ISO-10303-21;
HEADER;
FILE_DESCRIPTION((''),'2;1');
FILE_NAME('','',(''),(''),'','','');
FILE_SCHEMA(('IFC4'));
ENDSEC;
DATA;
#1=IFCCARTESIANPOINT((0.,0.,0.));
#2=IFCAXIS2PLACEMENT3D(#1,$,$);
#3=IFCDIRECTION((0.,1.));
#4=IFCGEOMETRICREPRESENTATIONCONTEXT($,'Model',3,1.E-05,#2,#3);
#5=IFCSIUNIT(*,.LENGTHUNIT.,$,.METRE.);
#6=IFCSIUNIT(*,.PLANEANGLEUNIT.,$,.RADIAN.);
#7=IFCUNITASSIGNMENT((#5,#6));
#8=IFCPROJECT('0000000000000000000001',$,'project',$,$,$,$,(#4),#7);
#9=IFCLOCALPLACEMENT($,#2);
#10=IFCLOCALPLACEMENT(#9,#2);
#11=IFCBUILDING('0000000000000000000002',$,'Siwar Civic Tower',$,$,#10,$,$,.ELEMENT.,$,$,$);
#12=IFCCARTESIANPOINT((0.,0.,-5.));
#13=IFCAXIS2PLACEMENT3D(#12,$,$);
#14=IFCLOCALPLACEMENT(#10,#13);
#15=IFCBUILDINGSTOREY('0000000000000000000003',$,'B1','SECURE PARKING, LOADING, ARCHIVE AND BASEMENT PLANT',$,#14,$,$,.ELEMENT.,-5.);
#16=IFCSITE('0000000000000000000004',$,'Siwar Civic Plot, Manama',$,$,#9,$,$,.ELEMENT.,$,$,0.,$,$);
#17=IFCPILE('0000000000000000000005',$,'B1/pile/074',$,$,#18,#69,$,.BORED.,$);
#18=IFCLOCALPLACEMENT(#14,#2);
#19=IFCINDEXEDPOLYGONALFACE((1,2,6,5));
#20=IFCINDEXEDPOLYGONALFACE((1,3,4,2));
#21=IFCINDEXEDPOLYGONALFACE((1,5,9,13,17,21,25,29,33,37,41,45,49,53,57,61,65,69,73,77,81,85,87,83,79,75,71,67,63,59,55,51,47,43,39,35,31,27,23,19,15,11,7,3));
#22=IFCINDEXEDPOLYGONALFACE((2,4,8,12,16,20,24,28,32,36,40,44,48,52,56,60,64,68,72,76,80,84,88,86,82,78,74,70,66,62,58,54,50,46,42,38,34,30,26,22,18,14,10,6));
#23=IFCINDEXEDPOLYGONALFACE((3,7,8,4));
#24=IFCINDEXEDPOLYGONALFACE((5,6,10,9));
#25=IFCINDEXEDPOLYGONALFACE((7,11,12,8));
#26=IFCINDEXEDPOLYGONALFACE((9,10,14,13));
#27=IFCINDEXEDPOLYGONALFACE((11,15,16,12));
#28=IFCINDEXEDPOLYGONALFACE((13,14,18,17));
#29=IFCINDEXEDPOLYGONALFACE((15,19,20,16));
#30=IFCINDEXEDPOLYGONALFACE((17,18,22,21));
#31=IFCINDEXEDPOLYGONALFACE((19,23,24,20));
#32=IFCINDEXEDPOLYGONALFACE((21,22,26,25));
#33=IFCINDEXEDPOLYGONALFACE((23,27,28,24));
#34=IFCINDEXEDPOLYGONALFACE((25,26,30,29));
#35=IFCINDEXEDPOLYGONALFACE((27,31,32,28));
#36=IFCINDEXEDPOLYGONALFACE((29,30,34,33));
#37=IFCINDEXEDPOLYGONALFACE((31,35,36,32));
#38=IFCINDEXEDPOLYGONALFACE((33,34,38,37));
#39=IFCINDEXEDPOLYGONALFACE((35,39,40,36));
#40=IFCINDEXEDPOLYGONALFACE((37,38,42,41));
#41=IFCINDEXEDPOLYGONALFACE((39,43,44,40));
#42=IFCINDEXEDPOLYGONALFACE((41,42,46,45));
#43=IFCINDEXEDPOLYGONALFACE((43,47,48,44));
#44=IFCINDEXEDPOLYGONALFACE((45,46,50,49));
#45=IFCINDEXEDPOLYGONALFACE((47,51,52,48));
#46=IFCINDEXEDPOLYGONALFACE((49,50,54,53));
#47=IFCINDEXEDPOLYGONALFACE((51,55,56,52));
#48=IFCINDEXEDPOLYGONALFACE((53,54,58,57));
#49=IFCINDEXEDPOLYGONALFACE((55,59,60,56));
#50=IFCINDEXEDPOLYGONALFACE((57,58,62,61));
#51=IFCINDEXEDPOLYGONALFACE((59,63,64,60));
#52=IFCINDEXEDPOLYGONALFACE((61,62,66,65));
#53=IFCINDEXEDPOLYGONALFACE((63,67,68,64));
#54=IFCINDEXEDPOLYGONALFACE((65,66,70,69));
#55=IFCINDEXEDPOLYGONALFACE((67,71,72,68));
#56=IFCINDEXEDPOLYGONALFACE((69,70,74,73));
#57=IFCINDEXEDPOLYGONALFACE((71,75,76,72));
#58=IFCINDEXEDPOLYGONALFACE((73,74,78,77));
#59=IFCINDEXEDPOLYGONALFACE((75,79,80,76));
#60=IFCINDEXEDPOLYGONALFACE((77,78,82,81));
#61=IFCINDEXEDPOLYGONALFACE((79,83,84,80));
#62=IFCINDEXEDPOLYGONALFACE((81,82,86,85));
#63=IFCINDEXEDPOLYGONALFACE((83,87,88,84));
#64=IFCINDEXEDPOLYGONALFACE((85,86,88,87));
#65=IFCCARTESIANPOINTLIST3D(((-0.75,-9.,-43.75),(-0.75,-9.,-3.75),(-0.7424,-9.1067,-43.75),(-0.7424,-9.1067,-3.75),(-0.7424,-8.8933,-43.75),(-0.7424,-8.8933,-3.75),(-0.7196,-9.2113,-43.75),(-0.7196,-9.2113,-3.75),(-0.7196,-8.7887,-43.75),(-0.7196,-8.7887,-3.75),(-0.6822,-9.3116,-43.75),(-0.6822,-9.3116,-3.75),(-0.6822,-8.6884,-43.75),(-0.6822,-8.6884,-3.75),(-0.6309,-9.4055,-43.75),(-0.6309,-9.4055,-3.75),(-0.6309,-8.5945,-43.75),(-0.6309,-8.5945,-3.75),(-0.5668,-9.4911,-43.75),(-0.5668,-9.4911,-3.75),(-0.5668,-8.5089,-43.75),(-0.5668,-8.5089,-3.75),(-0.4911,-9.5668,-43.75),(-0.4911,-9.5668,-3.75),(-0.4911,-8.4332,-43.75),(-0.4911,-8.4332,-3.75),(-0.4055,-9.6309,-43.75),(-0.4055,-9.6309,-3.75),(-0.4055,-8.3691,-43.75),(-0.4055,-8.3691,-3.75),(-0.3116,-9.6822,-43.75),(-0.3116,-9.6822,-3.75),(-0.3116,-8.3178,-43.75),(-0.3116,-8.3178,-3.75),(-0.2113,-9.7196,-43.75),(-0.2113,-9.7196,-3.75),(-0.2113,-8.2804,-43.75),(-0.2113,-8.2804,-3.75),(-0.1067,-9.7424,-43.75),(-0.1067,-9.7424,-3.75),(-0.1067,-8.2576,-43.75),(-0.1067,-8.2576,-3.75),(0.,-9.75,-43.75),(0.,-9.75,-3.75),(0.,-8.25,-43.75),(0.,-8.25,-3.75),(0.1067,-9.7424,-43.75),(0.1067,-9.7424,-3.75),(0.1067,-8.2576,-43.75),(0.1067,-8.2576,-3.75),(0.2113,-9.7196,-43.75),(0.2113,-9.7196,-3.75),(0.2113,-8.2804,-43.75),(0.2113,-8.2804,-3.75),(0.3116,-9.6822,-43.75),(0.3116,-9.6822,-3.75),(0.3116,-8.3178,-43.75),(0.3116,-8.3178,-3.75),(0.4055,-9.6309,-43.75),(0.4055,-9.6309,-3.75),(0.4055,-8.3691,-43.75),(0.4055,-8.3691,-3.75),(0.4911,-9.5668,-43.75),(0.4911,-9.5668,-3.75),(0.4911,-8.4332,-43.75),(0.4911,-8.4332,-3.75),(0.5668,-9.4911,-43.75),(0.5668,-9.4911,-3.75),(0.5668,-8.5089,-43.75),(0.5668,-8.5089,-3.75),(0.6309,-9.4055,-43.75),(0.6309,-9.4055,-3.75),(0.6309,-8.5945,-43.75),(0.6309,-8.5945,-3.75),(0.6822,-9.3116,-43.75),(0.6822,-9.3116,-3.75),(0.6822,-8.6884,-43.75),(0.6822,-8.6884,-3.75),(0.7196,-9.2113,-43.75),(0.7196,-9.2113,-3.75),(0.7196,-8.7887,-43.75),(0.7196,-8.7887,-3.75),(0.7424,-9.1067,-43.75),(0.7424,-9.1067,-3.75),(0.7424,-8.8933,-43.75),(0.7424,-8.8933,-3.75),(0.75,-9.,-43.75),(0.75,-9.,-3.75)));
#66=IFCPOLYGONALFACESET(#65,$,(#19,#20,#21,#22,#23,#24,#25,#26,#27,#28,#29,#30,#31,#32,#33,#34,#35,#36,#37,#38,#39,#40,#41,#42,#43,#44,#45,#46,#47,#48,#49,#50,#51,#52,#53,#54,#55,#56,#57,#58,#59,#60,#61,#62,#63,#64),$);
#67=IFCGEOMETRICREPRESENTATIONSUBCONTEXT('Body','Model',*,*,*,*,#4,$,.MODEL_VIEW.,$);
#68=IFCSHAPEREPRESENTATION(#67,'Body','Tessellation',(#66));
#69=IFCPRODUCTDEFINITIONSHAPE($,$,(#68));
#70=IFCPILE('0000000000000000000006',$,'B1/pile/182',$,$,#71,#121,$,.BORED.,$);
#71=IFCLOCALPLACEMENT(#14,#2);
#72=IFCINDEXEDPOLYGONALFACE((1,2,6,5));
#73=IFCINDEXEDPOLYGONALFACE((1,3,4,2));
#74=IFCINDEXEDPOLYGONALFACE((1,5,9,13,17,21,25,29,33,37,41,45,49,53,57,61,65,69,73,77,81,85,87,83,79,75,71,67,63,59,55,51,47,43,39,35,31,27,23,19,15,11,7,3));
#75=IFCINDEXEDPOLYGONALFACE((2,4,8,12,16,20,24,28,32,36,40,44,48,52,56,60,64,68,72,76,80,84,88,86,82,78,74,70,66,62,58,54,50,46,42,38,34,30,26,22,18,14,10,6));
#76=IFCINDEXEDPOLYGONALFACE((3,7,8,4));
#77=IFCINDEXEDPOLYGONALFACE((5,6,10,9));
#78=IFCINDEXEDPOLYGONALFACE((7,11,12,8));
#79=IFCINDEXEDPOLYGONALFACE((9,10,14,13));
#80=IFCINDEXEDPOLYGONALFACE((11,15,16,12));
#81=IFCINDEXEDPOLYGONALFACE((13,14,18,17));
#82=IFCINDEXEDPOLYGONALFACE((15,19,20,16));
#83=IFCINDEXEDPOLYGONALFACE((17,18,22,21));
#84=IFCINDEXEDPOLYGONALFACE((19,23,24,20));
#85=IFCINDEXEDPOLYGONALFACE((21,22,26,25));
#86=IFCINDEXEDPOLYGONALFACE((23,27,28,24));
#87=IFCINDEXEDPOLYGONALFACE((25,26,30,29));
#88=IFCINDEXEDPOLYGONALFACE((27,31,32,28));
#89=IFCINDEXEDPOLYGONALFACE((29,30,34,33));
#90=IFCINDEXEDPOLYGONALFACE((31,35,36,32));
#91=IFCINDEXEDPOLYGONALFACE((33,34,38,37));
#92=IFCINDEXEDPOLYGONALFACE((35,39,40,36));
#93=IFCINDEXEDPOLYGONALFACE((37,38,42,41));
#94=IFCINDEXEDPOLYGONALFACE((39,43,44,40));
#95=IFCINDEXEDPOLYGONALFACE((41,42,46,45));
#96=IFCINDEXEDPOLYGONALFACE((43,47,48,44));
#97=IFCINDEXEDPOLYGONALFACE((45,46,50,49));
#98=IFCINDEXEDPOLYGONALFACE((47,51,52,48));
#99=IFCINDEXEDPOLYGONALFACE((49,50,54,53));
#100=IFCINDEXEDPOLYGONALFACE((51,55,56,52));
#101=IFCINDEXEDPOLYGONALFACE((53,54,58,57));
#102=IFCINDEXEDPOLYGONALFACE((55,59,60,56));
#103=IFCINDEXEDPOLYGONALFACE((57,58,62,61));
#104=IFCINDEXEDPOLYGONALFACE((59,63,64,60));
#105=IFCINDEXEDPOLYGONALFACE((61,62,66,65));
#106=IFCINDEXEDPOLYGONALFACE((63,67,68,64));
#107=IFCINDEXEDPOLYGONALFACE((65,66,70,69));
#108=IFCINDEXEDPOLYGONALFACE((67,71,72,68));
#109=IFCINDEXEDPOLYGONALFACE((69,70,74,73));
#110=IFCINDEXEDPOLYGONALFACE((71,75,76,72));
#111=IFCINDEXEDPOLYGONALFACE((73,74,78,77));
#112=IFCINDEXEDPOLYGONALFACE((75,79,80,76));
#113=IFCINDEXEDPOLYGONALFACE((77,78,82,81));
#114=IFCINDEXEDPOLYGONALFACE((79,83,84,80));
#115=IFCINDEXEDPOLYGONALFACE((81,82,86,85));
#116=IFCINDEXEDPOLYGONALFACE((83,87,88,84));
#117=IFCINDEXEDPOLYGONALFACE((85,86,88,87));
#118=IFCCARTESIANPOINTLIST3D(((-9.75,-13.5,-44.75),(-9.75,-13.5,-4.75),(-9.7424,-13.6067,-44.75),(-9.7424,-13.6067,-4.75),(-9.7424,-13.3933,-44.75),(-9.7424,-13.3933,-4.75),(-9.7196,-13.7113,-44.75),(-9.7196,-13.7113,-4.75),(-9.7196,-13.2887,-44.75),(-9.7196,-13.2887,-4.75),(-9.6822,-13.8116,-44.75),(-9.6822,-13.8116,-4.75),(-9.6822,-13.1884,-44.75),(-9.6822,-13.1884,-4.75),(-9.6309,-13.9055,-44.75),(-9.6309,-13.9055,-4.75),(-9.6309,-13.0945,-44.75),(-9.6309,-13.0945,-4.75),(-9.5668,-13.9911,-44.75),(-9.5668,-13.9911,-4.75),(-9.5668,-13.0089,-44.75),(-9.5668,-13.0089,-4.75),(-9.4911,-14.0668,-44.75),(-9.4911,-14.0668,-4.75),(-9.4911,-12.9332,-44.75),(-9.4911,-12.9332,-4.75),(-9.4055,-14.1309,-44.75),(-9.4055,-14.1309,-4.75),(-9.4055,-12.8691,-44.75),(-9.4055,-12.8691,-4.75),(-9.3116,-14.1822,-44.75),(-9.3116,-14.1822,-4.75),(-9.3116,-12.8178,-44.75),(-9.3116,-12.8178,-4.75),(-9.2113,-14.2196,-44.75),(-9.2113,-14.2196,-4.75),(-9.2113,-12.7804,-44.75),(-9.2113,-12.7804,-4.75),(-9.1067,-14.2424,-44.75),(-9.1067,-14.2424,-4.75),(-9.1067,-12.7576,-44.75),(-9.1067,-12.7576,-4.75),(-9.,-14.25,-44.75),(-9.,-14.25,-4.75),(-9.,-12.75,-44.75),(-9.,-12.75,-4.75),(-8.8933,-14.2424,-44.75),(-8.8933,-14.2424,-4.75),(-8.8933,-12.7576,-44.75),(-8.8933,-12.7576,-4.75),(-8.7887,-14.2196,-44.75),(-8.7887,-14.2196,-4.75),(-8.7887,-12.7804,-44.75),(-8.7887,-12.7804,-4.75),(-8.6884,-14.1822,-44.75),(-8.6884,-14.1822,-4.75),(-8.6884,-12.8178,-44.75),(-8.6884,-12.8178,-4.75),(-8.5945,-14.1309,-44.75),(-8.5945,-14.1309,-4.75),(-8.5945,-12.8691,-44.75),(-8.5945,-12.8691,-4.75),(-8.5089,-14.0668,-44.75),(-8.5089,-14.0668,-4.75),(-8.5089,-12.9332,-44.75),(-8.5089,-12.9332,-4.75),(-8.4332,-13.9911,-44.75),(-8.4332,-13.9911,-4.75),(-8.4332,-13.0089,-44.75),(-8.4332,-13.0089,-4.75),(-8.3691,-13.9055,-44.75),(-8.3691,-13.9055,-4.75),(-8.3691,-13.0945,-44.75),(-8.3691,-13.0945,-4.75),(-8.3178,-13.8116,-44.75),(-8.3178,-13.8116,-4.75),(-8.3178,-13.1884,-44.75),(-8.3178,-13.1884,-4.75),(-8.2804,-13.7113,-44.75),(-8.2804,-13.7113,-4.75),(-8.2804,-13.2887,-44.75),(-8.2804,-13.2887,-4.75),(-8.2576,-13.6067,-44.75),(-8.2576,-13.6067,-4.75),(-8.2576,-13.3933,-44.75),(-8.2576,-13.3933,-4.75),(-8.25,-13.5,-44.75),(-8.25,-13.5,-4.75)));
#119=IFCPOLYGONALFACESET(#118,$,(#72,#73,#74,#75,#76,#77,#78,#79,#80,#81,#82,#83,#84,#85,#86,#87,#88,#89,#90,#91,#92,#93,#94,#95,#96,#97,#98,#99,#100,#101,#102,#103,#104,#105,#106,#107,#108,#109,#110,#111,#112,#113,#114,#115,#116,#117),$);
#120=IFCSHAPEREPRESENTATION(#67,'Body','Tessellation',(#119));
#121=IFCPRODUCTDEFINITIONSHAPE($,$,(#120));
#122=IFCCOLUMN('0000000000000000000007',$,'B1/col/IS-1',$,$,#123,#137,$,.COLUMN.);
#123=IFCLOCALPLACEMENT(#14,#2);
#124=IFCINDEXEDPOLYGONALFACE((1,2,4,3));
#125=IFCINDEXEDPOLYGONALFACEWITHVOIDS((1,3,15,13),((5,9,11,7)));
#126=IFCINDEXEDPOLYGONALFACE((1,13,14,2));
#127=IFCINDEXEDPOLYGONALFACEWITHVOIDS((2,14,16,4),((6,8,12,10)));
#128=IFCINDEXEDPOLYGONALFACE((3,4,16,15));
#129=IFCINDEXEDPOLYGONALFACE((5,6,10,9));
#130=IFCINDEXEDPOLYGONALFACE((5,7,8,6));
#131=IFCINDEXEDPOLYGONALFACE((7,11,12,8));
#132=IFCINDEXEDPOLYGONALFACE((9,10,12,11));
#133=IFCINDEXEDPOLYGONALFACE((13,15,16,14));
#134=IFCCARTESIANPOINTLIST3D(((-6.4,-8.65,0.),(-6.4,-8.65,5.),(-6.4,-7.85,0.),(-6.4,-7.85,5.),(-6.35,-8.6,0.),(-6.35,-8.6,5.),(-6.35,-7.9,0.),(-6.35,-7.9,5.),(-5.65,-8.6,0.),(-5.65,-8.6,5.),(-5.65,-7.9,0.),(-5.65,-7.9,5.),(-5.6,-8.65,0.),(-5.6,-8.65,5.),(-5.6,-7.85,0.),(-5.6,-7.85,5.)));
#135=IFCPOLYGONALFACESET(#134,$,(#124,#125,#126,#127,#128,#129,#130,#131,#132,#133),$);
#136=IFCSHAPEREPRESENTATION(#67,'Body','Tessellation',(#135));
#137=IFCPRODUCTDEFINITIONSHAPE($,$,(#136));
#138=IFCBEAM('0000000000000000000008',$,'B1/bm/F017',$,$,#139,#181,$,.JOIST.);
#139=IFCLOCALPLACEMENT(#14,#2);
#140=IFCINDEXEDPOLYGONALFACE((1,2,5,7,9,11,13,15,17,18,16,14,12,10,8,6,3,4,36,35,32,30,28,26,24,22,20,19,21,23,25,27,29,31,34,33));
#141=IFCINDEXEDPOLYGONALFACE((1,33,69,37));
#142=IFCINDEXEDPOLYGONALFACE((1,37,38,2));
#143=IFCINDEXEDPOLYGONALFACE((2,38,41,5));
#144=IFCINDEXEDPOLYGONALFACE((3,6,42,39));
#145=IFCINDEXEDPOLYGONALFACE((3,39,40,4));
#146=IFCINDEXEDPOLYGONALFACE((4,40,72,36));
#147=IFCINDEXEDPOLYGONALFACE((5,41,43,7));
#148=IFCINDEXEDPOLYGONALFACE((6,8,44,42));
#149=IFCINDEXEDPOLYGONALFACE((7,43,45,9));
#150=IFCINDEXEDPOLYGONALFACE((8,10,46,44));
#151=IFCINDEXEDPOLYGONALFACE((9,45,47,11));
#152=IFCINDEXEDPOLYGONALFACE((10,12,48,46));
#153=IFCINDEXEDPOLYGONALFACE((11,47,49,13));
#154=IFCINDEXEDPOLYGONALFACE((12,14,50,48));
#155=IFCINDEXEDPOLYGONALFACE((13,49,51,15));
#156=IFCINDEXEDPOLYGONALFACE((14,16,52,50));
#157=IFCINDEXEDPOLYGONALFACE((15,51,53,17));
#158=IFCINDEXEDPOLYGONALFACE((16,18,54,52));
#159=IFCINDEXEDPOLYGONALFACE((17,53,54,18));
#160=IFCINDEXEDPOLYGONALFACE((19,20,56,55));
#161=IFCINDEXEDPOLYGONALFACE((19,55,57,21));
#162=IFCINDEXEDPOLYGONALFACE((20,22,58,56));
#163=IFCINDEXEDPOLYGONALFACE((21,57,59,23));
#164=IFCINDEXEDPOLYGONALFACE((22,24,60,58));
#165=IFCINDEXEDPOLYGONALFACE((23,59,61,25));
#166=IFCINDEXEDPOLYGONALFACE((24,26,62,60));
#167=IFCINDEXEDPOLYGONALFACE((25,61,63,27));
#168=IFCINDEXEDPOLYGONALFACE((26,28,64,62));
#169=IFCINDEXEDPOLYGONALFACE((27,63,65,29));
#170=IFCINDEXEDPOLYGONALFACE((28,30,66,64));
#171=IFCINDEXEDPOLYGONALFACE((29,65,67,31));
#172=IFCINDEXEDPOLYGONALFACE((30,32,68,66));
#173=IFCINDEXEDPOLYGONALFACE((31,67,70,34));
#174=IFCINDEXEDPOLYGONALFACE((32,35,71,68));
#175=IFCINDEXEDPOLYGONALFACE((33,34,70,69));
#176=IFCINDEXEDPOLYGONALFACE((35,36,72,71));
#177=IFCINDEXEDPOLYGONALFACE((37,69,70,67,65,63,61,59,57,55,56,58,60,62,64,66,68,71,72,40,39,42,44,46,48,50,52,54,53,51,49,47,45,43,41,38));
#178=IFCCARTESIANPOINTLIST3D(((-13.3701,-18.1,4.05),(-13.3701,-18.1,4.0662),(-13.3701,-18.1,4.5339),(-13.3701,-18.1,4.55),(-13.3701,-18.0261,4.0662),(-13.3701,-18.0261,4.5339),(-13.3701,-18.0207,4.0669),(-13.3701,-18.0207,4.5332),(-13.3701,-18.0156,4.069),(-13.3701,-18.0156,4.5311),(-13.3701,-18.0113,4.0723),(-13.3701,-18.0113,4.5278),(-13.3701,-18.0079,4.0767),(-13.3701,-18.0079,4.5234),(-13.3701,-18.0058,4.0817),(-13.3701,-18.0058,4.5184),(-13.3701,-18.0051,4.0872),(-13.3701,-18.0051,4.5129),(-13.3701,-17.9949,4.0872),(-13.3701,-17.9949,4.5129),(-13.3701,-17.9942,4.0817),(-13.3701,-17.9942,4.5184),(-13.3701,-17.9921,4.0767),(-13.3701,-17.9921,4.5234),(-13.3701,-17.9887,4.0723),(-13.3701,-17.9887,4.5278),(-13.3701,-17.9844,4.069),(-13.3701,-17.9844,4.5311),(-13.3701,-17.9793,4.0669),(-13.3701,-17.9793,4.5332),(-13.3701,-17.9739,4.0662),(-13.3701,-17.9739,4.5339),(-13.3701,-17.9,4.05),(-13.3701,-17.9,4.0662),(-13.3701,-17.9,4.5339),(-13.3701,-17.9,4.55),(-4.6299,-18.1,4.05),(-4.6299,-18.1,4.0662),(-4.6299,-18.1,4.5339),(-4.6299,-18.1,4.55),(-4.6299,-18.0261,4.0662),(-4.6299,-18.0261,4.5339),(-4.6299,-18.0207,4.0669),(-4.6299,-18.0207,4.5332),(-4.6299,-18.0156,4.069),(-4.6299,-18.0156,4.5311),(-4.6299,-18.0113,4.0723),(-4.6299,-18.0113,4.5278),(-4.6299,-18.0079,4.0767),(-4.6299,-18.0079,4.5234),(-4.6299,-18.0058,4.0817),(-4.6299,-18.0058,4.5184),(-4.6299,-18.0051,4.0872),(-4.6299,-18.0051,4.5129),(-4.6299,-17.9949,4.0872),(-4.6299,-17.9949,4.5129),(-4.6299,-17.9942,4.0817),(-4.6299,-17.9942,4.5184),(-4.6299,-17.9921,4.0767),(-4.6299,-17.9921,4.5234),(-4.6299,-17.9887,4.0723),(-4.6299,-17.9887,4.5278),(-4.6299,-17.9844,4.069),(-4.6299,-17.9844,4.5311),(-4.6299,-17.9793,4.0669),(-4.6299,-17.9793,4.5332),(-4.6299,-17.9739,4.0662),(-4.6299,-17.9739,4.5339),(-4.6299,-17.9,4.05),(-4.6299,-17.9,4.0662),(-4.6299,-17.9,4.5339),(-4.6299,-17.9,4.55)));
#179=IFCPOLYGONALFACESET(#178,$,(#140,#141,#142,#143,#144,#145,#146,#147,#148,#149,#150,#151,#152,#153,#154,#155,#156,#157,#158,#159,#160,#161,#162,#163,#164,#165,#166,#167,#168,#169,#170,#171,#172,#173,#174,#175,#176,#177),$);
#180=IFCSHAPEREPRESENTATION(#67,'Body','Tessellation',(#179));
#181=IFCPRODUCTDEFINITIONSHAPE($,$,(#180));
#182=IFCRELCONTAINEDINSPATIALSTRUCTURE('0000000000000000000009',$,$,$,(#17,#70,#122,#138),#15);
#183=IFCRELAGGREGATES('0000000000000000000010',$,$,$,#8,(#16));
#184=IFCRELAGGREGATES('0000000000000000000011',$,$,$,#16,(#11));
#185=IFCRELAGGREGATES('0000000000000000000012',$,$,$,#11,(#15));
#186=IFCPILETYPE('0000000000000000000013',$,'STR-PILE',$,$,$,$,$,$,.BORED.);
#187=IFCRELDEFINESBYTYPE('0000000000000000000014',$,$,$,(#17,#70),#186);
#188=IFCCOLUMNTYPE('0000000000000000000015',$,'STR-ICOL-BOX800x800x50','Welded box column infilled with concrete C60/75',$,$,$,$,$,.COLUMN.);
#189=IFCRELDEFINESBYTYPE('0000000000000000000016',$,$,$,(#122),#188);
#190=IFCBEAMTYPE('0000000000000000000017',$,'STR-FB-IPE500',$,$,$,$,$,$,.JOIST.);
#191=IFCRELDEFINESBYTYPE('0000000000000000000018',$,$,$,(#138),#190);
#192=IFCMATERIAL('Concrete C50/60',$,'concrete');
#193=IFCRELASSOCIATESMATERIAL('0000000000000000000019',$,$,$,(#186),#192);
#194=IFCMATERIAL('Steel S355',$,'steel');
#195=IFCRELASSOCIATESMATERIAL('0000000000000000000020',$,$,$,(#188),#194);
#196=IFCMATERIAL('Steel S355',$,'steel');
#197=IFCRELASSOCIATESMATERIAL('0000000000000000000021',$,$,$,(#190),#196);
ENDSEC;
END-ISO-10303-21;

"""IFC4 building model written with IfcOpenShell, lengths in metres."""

from ifc_helpers import new_model, si_unit, direction, frame, origin, origin_2d, place, context, subcontext, project, spatial, hollow_rectangle, circle, i_section, extrude, material, material_profile, profile_set, type_object, element, save


model = new_model("IFC4")

# Units and contexts
model_context = context("Model", 3, precision=1e-05, world=origin(), true_north=direction((0.0, 1.0)))
body_context = subcontext(model_context, "Body", "Model", "MODEL_VIEW")
ifc_project = project(units=[si_unit("LENGTHUNIT", "METRE"), si_unit("PLANEANGLEUNIT", "RADIAN")], contexts=[model_context])

# Site, building, storey
site_placement = place(None, origin())
site = spatial("IfcSite", under=ifc_project, at=site_placement, Name="Siwar Civic Plot, Manama", CompositionType="ELEMENT", RefElevation=0.0)
building_placement = place(site_placement, origin())
building = spatial("IfcBuilding", under=site, at=building_placement, Name="Siwar Civic Tower", CompositionType="ELEMENT")
storey_placement = place(building_placement, frame((0.0, 0.0, -5.0)))
storey = spatial("IfcBuildingStorey", under=building, at=storey_placement, Name="B1", Description="SECURE PARKING, LOADING, ARCHIVE AND BASEMENT PLANT", CompositionType="ELEMENT", Elevation=-5.0)

# Piles
ifc_material_1 = material(Name="Concrete C50/60", Category="concrete")
ifc_material_profile_1 = material_profile(ifc_material_1, circle(Radius=0.75, at=origin_2d()), Name="PILE1500")
ifc_profile_set_1 = profile_set([ifc_material_profile_1], Name="Concrete C50/60")
pile_type = type_object("IfcPileType", Name="STR-PILE", PredefinedType="BORED", material=ifc_profile_set_1)
for number, where, z_axis, x_axis, name in (
    (1, (0.0, -9.0, -3.75), (0.0, 0.0, -1.0), (1.0, 0.0, 0.0), "B1/pile/074"),
    (2, (-9.0, -13.5, -4.75), (0.0, 0.0, -1.0), (1.0, 0.0, 0.0), "B1/pile/182"),
):
    element("IfcPile", number, at=place(storey_placement, frame(where, z_axis=z_axis, x_axis=x_axis)), inside=storey, type_object=pile_type, Name=name, PredefinedType="BORED", context=body_context, shape_type="SweptSolid", body=[
        extrude(circle(Radius=0.75, at=origin_2d()), origin(), (0.0, 0.0, 1.0), 40.0),
    ])

# Column
ifc_material_2 = material(Name="Steel S355", Category="steel")
ifc_material_profile_2 = material_profile(ifc_material_2, hollow_rectangle(XDim=0.8, YDim=0.8, WallThickness=0.05, at=origin_2d()), Name="BOX800x800x50")
ifc_profile_set_2 = profile_set([ifc_material_profile_2], Name="Steel S355")
column_type = type_object("IfcColumnType", Name="STR-ICOL-BOX800x800x50", Description="Welded box column infilled with concrete C60/75", PredefinedType="COLUMN", material=ifc_profile_set_2)
column_placement = place(storey_placement, frame((-6.0, -8.25, 0.0), z_axis=(0.0, 0.0, 1.0), x_axis=(1.0, 0.0, 0.0)))
element("IfcColumn", 3, at=column_placement, inside=storey, type_object=column_type, Name="B1/col/IS-1", PredefinedType="COLUMN", context=body_context, shape_type="SweptSolid", body=[
    extrude(hollow_rectangle(XDim=0.8, YDim=0.8, WallThickness=0.05, at=origin_2d()), origin(), (0.0, 0.0, 1.0), 5.0),
])

# Beam
ifc_material_3 = material(Name="Steel S355", Category="steel")
ifc_material_profile_3 = material_profile(ifc_material_3, i_section(OverallWidth=0.2, OverallDepth=0.5, WebThickness=0.0103, FlangeThickness=0.0161, FilletRadius=0.021, at=origin_2d()), Name="IPE500")
ifc_profile_set_3 = profile_set([ifc_material_profile_3], Name="Steel S355")
beam_type = type_object("IfcBeamType", Name="STR-FB-IPE500", PredefinedType="JOIST", material=ifc_profile_set_3)
for number, where, z_axis, x_axis, name in (
    (4, (-13.3701, -18.0, 4.3), (1.0, 0.0, 0.0), (0.0, 1.0, 0.0), "B1/bm/F017"),
):
    element("IfcBeam", number, at=place(storey_placement, frame(where, z_axis=z_axis, x_axis=x_axis)), inside=storey, type_object=beam_type, Name=name, PredefinedType="JOIST", context=body_context, shape_type="SweptSolid", body=[
        extrude(i_section(OverallWidth=0.2, OverallDepth=0.5, WebThickness=0.0103, FlangeThickness=0.0161, FilletRadius=0.021, at=origin_2d()), origin(), (0.0, 0.0, 1.0), 8.7402),
    ])

save(model, "model.ifc")
